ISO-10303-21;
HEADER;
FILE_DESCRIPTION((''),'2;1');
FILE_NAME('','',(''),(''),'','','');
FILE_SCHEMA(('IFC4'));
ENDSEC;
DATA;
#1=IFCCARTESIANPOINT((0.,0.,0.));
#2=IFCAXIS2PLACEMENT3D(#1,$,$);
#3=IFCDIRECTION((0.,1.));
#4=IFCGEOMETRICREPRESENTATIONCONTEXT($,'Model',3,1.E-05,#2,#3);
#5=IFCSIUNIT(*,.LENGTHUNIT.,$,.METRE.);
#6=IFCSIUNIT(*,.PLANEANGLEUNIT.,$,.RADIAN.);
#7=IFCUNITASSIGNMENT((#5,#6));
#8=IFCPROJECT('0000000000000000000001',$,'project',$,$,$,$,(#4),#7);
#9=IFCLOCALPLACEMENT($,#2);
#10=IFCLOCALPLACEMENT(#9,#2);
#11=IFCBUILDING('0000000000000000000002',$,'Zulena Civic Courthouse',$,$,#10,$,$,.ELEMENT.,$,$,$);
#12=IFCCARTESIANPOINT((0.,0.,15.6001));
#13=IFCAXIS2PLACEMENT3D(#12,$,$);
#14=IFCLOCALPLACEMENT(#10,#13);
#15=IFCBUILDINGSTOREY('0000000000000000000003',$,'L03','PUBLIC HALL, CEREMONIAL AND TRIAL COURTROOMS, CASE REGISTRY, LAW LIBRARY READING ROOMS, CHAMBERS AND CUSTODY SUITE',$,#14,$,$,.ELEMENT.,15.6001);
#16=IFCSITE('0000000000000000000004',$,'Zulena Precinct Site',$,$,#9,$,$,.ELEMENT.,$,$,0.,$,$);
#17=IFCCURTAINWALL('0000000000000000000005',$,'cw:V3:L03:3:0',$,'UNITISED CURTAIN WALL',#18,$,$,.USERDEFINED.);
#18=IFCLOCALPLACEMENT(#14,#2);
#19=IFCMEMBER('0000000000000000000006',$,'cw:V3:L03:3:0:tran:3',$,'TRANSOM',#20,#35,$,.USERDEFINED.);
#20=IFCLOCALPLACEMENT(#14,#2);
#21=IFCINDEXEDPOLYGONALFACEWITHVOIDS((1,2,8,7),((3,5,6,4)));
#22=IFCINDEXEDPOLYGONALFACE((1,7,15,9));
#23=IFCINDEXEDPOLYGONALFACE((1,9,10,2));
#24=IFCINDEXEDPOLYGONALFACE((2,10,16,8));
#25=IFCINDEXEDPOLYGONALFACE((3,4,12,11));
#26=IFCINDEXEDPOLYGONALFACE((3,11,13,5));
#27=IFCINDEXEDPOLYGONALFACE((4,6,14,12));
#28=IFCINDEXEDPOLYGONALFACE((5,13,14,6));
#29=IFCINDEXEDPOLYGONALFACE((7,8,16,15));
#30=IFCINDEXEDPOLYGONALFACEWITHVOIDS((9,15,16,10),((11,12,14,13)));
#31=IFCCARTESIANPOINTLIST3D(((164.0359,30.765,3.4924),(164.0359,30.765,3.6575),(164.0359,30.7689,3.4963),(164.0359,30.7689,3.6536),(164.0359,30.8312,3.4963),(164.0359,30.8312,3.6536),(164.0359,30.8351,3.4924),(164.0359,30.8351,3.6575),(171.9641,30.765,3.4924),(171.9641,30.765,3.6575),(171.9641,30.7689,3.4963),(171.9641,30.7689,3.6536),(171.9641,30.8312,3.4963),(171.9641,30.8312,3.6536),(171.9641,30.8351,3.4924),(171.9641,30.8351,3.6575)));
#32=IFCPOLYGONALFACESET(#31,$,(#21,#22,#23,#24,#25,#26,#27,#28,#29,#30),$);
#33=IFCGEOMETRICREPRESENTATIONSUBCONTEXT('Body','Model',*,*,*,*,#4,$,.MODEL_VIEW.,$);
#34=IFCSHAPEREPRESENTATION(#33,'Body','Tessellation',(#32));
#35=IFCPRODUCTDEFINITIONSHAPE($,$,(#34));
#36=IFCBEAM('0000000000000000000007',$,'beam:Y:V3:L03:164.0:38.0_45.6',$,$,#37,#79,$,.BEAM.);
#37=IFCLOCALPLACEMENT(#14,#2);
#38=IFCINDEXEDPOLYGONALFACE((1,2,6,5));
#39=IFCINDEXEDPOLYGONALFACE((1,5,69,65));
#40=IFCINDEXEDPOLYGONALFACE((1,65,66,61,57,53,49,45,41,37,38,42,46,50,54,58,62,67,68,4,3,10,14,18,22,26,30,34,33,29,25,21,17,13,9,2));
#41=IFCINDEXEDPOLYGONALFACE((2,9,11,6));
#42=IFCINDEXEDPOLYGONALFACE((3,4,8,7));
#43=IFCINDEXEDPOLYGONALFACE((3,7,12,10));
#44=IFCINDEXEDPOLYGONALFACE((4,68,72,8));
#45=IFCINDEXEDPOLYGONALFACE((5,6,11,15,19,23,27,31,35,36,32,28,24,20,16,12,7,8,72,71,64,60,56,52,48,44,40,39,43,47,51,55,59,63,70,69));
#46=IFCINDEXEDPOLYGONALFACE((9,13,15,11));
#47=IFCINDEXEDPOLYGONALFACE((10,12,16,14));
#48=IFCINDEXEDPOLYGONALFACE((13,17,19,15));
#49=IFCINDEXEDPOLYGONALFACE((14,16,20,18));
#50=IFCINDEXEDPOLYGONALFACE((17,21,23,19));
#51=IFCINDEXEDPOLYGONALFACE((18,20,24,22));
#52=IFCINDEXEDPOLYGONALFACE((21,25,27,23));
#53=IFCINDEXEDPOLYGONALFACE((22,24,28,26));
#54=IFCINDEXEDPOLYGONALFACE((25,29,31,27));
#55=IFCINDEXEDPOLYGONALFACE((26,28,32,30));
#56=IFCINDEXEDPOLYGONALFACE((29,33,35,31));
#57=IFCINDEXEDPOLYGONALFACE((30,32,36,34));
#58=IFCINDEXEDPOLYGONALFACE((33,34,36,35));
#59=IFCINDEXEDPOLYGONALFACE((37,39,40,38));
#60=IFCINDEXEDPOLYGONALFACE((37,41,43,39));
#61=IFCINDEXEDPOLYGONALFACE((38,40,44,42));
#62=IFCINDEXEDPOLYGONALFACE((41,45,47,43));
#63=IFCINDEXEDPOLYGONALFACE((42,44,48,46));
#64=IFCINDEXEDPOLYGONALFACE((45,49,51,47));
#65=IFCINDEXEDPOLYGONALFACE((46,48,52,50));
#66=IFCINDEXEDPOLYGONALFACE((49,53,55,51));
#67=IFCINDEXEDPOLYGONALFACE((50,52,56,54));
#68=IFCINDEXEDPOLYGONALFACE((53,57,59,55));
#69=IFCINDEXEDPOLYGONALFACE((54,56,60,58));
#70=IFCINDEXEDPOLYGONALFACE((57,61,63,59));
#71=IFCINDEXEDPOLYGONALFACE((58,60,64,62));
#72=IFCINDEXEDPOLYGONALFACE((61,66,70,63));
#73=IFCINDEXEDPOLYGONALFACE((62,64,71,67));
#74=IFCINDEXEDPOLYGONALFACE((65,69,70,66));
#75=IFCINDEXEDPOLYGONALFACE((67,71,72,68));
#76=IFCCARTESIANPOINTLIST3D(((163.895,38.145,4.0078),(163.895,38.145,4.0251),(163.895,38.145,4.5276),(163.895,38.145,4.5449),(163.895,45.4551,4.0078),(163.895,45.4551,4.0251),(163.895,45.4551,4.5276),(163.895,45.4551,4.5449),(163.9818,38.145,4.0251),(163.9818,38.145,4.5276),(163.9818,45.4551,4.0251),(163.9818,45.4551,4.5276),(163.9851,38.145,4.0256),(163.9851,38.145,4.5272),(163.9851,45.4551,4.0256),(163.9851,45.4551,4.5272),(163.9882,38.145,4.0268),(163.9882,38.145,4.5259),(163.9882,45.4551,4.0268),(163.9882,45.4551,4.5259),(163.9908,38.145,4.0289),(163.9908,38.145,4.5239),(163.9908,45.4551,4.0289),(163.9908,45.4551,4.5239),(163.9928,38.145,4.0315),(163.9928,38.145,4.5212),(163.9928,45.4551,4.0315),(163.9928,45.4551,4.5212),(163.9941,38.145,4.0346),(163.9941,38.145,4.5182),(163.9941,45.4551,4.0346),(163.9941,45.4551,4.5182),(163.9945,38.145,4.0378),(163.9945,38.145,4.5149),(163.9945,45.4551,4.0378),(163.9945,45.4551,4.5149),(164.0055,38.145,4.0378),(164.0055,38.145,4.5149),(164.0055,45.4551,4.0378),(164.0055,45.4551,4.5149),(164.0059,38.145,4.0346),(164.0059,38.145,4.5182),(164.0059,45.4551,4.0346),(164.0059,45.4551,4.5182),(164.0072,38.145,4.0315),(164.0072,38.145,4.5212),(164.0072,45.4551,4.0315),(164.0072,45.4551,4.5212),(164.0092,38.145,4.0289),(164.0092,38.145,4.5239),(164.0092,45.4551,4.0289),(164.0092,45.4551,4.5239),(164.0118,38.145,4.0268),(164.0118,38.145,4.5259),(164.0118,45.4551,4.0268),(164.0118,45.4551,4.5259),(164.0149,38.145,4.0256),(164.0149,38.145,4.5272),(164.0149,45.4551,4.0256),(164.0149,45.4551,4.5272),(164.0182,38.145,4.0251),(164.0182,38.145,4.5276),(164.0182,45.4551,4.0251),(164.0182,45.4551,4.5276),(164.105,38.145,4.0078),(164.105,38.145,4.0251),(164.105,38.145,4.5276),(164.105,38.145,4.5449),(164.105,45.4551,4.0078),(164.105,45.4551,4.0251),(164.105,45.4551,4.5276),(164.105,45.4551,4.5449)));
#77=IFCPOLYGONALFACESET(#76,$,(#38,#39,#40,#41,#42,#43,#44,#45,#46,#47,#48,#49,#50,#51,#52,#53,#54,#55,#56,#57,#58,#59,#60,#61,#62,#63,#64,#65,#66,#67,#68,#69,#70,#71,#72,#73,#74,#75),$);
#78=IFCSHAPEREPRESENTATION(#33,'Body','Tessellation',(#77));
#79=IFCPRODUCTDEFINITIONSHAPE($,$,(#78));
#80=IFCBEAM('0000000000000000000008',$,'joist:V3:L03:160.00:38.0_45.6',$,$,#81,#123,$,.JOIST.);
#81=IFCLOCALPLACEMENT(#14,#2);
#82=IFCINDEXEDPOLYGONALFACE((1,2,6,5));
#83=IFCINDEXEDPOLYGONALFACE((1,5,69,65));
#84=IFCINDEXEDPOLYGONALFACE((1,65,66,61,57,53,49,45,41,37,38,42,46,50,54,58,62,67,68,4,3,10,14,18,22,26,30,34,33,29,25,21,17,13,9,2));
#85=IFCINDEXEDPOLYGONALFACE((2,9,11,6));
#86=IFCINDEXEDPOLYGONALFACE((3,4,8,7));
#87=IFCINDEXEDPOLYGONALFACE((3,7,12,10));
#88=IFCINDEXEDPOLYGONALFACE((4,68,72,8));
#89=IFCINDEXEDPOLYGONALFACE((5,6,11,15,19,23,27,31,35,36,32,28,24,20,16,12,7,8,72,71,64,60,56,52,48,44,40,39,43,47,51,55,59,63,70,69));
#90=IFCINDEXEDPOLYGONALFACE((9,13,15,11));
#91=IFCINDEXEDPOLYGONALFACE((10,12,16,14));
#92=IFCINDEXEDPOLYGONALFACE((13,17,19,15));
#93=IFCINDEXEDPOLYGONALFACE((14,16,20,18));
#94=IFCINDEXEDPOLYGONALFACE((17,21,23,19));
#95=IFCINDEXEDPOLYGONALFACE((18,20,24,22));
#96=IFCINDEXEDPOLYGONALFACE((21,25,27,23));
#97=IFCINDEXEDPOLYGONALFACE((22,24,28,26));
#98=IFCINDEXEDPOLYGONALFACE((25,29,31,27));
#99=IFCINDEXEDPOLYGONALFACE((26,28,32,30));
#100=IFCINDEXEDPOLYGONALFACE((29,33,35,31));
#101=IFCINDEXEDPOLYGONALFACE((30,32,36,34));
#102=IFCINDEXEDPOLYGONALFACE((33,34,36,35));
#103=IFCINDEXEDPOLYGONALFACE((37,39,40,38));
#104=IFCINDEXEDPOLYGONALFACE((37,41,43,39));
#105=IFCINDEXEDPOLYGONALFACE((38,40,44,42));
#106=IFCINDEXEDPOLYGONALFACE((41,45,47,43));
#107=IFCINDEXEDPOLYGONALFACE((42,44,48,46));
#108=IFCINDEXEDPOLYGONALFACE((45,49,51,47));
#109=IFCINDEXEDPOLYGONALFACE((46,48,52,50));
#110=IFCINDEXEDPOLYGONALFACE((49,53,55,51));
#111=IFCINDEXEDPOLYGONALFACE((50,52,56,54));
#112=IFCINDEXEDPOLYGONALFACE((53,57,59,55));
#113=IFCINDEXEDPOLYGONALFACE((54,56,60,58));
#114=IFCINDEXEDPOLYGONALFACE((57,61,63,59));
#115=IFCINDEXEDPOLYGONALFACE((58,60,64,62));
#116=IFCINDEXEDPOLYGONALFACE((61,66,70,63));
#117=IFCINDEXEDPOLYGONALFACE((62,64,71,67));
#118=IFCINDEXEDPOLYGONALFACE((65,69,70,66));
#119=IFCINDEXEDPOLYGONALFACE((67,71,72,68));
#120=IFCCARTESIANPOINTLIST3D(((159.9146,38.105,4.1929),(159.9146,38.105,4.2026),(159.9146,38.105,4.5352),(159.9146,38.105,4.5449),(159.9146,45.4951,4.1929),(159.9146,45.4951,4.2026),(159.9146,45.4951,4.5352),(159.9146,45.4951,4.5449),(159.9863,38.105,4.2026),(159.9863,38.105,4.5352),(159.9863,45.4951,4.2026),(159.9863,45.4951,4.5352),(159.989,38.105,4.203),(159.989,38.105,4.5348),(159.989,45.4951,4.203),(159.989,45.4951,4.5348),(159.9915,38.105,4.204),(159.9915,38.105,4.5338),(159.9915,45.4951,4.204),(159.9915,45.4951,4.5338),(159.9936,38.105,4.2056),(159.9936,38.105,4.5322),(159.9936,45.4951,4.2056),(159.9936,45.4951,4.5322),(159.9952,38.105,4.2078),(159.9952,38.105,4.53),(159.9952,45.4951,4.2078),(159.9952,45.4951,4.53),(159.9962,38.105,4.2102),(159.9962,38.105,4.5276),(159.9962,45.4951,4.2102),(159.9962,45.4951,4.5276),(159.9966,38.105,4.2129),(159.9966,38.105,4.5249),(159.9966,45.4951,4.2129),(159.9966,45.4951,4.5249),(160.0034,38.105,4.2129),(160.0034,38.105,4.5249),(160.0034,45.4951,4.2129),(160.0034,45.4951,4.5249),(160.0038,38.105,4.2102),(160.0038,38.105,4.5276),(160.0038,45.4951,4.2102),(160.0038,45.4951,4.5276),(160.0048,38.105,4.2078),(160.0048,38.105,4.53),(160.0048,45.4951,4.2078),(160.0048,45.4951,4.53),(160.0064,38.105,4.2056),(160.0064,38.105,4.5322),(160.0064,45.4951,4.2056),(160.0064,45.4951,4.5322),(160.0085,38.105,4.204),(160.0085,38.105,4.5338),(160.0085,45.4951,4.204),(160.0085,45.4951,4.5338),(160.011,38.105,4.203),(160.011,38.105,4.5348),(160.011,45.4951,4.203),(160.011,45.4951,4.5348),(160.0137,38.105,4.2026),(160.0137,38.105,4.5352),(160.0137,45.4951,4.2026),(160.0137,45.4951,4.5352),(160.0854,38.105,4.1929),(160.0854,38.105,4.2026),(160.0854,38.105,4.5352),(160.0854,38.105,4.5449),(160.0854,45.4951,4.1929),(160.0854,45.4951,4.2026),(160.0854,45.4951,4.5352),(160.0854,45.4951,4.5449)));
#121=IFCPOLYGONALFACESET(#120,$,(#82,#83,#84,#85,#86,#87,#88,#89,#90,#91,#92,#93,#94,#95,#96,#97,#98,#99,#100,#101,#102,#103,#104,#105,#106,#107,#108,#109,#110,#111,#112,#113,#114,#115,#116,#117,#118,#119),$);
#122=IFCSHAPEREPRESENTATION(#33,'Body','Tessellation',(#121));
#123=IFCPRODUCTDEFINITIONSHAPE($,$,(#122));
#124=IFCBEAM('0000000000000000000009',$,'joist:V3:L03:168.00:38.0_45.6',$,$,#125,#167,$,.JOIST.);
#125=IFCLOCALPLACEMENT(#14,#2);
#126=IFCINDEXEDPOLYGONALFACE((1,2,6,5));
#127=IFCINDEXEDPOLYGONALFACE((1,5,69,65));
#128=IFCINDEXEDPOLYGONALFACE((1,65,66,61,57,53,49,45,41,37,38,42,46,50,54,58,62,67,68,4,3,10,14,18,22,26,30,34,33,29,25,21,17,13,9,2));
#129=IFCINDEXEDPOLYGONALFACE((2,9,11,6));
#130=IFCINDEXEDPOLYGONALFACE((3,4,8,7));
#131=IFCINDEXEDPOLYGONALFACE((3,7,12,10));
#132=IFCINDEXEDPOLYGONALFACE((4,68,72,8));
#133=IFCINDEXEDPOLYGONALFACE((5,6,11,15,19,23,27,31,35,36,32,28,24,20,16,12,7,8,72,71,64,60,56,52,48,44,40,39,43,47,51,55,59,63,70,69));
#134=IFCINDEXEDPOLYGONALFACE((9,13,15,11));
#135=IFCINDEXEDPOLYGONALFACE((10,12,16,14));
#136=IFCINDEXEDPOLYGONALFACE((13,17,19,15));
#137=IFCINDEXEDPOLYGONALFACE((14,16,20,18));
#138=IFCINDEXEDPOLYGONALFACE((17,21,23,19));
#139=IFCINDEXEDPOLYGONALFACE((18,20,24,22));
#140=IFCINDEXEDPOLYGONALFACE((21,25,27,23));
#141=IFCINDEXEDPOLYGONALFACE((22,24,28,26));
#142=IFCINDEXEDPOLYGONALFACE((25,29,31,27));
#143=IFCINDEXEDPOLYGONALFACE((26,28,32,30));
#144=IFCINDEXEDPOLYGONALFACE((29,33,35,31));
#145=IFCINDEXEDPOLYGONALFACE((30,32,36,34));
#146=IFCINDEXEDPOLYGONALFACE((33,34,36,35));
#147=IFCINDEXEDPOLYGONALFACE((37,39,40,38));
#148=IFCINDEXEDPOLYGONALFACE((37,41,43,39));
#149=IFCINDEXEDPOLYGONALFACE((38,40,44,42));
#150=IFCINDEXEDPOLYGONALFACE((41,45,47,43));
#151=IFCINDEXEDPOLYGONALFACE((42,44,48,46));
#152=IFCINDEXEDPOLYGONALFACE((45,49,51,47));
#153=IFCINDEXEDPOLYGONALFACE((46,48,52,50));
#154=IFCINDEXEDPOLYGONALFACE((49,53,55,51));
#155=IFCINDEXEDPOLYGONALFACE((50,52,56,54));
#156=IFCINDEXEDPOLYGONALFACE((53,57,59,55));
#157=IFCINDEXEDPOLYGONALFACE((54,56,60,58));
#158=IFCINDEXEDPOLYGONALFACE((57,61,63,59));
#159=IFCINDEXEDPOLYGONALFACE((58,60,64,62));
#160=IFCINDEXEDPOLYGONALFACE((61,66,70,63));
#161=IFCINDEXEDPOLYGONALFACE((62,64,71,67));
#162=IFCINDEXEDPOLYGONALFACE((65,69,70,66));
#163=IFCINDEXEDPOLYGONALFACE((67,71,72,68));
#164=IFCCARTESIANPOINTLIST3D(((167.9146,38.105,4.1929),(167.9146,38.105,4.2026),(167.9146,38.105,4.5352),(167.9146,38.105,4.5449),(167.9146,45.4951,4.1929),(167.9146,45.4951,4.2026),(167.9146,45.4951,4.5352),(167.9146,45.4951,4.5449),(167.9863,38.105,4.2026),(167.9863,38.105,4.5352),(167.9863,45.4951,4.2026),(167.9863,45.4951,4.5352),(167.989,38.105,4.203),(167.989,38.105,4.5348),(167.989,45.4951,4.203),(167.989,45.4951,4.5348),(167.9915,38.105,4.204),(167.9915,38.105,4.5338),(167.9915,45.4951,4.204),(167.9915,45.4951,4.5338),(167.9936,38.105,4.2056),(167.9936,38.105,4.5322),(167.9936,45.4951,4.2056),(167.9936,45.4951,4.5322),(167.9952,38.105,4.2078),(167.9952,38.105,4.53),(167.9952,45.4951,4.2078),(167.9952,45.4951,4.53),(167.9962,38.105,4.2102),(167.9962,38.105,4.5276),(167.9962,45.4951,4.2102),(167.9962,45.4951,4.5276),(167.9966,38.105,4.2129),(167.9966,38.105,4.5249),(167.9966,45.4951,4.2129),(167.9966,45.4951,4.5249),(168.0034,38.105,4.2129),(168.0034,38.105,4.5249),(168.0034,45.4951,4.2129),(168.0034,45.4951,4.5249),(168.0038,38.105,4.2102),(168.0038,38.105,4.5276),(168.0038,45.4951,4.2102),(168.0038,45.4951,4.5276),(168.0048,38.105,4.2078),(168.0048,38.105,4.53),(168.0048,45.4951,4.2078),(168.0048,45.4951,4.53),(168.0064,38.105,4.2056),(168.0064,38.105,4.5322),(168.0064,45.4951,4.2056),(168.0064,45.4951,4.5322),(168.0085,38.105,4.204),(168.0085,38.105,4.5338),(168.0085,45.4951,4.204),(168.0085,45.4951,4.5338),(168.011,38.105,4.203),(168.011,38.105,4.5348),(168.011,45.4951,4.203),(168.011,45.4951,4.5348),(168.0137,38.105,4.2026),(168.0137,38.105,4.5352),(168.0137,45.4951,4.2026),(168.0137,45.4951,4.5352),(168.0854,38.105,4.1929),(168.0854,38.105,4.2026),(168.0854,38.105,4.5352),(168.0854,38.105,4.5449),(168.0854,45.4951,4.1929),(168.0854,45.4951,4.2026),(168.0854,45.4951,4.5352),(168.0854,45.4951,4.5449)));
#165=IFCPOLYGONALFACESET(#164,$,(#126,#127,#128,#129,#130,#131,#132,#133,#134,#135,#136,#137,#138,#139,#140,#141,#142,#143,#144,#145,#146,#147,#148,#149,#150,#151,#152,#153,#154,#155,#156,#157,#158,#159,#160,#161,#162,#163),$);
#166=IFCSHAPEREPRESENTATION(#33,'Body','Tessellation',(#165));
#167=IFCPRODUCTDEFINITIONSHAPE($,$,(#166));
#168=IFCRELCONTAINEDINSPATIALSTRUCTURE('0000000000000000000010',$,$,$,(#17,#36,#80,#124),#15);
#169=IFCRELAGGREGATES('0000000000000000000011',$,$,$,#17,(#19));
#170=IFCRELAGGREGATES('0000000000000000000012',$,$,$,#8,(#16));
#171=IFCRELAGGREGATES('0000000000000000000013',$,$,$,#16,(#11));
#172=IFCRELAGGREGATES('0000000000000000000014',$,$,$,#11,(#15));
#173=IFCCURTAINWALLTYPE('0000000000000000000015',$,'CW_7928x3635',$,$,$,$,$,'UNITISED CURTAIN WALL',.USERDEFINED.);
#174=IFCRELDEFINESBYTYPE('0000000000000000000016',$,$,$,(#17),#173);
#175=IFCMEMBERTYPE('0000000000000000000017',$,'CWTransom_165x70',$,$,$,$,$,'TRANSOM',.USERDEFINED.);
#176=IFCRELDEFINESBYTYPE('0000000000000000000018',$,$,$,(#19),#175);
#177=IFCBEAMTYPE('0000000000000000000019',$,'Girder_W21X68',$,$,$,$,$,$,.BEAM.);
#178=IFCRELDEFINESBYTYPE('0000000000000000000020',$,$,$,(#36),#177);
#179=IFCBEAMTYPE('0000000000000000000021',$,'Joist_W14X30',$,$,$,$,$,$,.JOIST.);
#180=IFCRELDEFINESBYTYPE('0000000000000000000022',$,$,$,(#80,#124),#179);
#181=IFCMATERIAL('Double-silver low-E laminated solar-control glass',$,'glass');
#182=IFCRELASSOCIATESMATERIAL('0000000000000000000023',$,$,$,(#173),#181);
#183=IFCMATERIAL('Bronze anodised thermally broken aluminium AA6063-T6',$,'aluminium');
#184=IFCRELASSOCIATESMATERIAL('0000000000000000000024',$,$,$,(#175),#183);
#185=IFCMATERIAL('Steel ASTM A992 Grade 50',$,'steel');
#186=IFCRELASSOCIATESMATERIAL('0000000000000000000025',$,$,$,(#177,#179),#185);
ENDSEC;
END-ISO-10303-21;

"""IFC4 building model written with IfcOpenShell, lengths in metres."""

from ifc_helpers import new_model, si_unit, direction, frame, origin, origin_2d, place, context, subcontext, project, spatial, hollow_rectangle, i_section, extrude, material, material_profile, profile_set, type_object, element, aggregate, save


model = new_model("IFC4")

# Units and contexts
model_context = context("Model", 3, precision=1e-05, world=origin(), true_north=direction((0.0, 1.0)))
body_context = subcontext(model_context, "Body", "Model", "MODEL_VIEW")
ifc_project = project(units=[si_unit("LENGTHUNIT", "METRE"), si_unit("PLANEANGLEUNIT", "RADIAN")], contexts=[model_context])

# Site, building, storey
site_placement = place(None, origin())
site = spatial("IfcSite", under=ifc_project, at=site_placement, Name="Zulena Precinct Site", CompositionType="ELEMENT", RefElevation=0.0)
building_placement = place(site_placement, origin())
building = spatial("IfcBuilding", under=site, at=building_placement, Name="Zulena Civic Courthouse", CompositionType="ELEMENT")
storey_placement = place(building_placement, frame((0.0, 0.0, 15.6001)))
storey = spatial("IfcBuildingStorey", under=building, at=storey_placement, Name="L03", Description="PUBLIC HALL, CEREMONIAL AND TRIAL COURTROOMS, CASE REGISTRY, LAW LIBRARY READING ROOMS, CHAMBERS AND CUSTODY SUITE", CompositionType="ELEMENT", Elevation=15.6001)

# Shared definitions
ifc_material_1 = material(Name="Steel ASTM A992 Grade 50", Category="steel")

# Curtain wall, member
ifc_material_2 = material(Name="Double-silver low-E laminated solar-control glass", Category="glass")
curtain_wall_type = type_object("IfcCurtainWallType", Name="CW_7928x3635", ElementType="UNITISED CURTAIN WALL", PredefinedType="USERDEFINED", material=ifc_material_2)
curtain_wall_placement = place(storey_placement, origin())
curtain_wall = element("IfcCurtainWall", 1, at=curtain_wall_placement, inside=storey, type_object=curtain_wall_type, Name="cw:V3:L03:3:0", ObjectType="UNITISED CURTAIN WALL", PredefinedType="USERDEFINED")
ifc_material_3 = material(Name="Bronze anodised thermally broken aluminium AA6063-T6", Category="aluminium")
ifc_material_profile_1 = material_profile(ifc_material_3, hollow_rectangle(XDim=0.0701, YDim=0.165, WallThickness=0.0039, at=origin_2d()), Name="CWT165X70X4")
ifc_profile_set_1 = profile_set([ifc_material_profile_1], Name="Bronze anodised thermally broken aluminium AA6063-T6")
member_type = type_object("IfcMemberType", Name="CWTransom_165x70", ElementType="TRANSOM", PredefinedType="USERDEFINED", material=ifc_profile_set_1)
member_1_placement = place(storey_placement, frame((171.9641, 30.8, 3.575), z_axis=(-1.0, 0.0, 0.0), x_axis=(0.0, -1.0, 0.0)))
member_1 = element("IfcMember", 2, at=member_1_placement, type_object=member_type, Name="cw:V3:L03:3:0:tran:3", ObjectType="TRANSOM", PredefinedType="USERDEFINED", context=body_context, shape_type="SweptSolid", body=[
    extrude(hollow_rectangle(XDim=0.0701, YDim=0.165, WallThickness=0.0039, at=origin_2d()), origin(), (0.0, 0.0, 1.0), 7.9282),
])
aggregate(curtain_wall, [member_1])

# Beams
ifc_material_profile_2 = material_profile(ifc_material_1, i_section(OverallWidth=0.21, OverallDepth=0.5371, WebThickness=0.011, FlangeThickness=0.0173, FilletRadius=0.0127, at=origin_2d()), Name="W21X68")
ifc_profile_set_2 = profile_set([ifc_material_profile_2], Name="Steel ASTM A992 Grade 50")
beam_type_1 = type_object("IfcBeamType", Name="Girder_W21X68", PredefinedType="BEAM", material=ifc_profile_set_2)
beam_1_placement = place(storey_placement, frame((164.0, 38.145, 4.2764), z_axis=(0.0, 1.0, 0.0), x_axis=(-1.0, 0.0, 0.0)))
element("IfcBeam", 3, at=beam_1_placement, inside=storey, type_object=beam_type_1, Name="beam:Y:V3:L03:164.0:38.0_45.6", PredefinedType="BEAM", context=body_context, shape_type="SweptSolid", body=[
    extrude(i_section(OverallWidth=0.21, OverallDepth=0.5371, WebThickness=0.011, FlangeThickness=0.0173, FilletRadius=0.0127, at=origin_2d()), origin(), (0.0, 0.0, 1.0), 7.3101),
])
ifc_material_profile_3 = material_profile(ifc_material_1, i_section(OverallWidth=0.1709, OverallDepth=0.3521, WebThickness=0.0068, FlangeThickness=0.0098, FilletRadius=0.0103, at=origin_2d()), Name="W14X30")
ifc_profile_set_3 = profile_set([ifc_material_profile_3], Name="Steel ASTM A992 Grade 50")
beam_type_2 = type_object("IfcBeamType", Name="Joist_W14X30", PredefinedType="JOIST", material=ifc_profile_set_3)
for number, where, z_axis, x_axis, name in (
    (4, (160.0, 38.105, 4.3689), (0.0, 1.0, 0.0), (-1.0, 0.0, 0.0), "joist:V3:L03:160.00:38.0_45.6"),
    (5, (168.0, 38.105, 4.3689), (0.0, 1.0, 0.0), (-1.0, 0.0, 0.0), "joist:V3:L03:168.00:38.0_45.6"),
):
    element("IfcBeam", number, at=place(storey_placement, frame(where, z_axis=z_axis, x_axis=x_axis)), inside=storey, type_object=beam_type_2, Name=name, PredefinedType="JOIST", context=body_context, shape_type="SweptSolid", body=[
        extrude(i_section(OverallWidth=0.1709, OverallDepth=0.3521, WebThickness=0.0068, FlangeThickness=0.0098, FilletRadius=0.0103, at=origin_2d()), origin(), (0.0, 0.0, 1.0), 7.3901),
    ])

save(model, "model.ifc")
